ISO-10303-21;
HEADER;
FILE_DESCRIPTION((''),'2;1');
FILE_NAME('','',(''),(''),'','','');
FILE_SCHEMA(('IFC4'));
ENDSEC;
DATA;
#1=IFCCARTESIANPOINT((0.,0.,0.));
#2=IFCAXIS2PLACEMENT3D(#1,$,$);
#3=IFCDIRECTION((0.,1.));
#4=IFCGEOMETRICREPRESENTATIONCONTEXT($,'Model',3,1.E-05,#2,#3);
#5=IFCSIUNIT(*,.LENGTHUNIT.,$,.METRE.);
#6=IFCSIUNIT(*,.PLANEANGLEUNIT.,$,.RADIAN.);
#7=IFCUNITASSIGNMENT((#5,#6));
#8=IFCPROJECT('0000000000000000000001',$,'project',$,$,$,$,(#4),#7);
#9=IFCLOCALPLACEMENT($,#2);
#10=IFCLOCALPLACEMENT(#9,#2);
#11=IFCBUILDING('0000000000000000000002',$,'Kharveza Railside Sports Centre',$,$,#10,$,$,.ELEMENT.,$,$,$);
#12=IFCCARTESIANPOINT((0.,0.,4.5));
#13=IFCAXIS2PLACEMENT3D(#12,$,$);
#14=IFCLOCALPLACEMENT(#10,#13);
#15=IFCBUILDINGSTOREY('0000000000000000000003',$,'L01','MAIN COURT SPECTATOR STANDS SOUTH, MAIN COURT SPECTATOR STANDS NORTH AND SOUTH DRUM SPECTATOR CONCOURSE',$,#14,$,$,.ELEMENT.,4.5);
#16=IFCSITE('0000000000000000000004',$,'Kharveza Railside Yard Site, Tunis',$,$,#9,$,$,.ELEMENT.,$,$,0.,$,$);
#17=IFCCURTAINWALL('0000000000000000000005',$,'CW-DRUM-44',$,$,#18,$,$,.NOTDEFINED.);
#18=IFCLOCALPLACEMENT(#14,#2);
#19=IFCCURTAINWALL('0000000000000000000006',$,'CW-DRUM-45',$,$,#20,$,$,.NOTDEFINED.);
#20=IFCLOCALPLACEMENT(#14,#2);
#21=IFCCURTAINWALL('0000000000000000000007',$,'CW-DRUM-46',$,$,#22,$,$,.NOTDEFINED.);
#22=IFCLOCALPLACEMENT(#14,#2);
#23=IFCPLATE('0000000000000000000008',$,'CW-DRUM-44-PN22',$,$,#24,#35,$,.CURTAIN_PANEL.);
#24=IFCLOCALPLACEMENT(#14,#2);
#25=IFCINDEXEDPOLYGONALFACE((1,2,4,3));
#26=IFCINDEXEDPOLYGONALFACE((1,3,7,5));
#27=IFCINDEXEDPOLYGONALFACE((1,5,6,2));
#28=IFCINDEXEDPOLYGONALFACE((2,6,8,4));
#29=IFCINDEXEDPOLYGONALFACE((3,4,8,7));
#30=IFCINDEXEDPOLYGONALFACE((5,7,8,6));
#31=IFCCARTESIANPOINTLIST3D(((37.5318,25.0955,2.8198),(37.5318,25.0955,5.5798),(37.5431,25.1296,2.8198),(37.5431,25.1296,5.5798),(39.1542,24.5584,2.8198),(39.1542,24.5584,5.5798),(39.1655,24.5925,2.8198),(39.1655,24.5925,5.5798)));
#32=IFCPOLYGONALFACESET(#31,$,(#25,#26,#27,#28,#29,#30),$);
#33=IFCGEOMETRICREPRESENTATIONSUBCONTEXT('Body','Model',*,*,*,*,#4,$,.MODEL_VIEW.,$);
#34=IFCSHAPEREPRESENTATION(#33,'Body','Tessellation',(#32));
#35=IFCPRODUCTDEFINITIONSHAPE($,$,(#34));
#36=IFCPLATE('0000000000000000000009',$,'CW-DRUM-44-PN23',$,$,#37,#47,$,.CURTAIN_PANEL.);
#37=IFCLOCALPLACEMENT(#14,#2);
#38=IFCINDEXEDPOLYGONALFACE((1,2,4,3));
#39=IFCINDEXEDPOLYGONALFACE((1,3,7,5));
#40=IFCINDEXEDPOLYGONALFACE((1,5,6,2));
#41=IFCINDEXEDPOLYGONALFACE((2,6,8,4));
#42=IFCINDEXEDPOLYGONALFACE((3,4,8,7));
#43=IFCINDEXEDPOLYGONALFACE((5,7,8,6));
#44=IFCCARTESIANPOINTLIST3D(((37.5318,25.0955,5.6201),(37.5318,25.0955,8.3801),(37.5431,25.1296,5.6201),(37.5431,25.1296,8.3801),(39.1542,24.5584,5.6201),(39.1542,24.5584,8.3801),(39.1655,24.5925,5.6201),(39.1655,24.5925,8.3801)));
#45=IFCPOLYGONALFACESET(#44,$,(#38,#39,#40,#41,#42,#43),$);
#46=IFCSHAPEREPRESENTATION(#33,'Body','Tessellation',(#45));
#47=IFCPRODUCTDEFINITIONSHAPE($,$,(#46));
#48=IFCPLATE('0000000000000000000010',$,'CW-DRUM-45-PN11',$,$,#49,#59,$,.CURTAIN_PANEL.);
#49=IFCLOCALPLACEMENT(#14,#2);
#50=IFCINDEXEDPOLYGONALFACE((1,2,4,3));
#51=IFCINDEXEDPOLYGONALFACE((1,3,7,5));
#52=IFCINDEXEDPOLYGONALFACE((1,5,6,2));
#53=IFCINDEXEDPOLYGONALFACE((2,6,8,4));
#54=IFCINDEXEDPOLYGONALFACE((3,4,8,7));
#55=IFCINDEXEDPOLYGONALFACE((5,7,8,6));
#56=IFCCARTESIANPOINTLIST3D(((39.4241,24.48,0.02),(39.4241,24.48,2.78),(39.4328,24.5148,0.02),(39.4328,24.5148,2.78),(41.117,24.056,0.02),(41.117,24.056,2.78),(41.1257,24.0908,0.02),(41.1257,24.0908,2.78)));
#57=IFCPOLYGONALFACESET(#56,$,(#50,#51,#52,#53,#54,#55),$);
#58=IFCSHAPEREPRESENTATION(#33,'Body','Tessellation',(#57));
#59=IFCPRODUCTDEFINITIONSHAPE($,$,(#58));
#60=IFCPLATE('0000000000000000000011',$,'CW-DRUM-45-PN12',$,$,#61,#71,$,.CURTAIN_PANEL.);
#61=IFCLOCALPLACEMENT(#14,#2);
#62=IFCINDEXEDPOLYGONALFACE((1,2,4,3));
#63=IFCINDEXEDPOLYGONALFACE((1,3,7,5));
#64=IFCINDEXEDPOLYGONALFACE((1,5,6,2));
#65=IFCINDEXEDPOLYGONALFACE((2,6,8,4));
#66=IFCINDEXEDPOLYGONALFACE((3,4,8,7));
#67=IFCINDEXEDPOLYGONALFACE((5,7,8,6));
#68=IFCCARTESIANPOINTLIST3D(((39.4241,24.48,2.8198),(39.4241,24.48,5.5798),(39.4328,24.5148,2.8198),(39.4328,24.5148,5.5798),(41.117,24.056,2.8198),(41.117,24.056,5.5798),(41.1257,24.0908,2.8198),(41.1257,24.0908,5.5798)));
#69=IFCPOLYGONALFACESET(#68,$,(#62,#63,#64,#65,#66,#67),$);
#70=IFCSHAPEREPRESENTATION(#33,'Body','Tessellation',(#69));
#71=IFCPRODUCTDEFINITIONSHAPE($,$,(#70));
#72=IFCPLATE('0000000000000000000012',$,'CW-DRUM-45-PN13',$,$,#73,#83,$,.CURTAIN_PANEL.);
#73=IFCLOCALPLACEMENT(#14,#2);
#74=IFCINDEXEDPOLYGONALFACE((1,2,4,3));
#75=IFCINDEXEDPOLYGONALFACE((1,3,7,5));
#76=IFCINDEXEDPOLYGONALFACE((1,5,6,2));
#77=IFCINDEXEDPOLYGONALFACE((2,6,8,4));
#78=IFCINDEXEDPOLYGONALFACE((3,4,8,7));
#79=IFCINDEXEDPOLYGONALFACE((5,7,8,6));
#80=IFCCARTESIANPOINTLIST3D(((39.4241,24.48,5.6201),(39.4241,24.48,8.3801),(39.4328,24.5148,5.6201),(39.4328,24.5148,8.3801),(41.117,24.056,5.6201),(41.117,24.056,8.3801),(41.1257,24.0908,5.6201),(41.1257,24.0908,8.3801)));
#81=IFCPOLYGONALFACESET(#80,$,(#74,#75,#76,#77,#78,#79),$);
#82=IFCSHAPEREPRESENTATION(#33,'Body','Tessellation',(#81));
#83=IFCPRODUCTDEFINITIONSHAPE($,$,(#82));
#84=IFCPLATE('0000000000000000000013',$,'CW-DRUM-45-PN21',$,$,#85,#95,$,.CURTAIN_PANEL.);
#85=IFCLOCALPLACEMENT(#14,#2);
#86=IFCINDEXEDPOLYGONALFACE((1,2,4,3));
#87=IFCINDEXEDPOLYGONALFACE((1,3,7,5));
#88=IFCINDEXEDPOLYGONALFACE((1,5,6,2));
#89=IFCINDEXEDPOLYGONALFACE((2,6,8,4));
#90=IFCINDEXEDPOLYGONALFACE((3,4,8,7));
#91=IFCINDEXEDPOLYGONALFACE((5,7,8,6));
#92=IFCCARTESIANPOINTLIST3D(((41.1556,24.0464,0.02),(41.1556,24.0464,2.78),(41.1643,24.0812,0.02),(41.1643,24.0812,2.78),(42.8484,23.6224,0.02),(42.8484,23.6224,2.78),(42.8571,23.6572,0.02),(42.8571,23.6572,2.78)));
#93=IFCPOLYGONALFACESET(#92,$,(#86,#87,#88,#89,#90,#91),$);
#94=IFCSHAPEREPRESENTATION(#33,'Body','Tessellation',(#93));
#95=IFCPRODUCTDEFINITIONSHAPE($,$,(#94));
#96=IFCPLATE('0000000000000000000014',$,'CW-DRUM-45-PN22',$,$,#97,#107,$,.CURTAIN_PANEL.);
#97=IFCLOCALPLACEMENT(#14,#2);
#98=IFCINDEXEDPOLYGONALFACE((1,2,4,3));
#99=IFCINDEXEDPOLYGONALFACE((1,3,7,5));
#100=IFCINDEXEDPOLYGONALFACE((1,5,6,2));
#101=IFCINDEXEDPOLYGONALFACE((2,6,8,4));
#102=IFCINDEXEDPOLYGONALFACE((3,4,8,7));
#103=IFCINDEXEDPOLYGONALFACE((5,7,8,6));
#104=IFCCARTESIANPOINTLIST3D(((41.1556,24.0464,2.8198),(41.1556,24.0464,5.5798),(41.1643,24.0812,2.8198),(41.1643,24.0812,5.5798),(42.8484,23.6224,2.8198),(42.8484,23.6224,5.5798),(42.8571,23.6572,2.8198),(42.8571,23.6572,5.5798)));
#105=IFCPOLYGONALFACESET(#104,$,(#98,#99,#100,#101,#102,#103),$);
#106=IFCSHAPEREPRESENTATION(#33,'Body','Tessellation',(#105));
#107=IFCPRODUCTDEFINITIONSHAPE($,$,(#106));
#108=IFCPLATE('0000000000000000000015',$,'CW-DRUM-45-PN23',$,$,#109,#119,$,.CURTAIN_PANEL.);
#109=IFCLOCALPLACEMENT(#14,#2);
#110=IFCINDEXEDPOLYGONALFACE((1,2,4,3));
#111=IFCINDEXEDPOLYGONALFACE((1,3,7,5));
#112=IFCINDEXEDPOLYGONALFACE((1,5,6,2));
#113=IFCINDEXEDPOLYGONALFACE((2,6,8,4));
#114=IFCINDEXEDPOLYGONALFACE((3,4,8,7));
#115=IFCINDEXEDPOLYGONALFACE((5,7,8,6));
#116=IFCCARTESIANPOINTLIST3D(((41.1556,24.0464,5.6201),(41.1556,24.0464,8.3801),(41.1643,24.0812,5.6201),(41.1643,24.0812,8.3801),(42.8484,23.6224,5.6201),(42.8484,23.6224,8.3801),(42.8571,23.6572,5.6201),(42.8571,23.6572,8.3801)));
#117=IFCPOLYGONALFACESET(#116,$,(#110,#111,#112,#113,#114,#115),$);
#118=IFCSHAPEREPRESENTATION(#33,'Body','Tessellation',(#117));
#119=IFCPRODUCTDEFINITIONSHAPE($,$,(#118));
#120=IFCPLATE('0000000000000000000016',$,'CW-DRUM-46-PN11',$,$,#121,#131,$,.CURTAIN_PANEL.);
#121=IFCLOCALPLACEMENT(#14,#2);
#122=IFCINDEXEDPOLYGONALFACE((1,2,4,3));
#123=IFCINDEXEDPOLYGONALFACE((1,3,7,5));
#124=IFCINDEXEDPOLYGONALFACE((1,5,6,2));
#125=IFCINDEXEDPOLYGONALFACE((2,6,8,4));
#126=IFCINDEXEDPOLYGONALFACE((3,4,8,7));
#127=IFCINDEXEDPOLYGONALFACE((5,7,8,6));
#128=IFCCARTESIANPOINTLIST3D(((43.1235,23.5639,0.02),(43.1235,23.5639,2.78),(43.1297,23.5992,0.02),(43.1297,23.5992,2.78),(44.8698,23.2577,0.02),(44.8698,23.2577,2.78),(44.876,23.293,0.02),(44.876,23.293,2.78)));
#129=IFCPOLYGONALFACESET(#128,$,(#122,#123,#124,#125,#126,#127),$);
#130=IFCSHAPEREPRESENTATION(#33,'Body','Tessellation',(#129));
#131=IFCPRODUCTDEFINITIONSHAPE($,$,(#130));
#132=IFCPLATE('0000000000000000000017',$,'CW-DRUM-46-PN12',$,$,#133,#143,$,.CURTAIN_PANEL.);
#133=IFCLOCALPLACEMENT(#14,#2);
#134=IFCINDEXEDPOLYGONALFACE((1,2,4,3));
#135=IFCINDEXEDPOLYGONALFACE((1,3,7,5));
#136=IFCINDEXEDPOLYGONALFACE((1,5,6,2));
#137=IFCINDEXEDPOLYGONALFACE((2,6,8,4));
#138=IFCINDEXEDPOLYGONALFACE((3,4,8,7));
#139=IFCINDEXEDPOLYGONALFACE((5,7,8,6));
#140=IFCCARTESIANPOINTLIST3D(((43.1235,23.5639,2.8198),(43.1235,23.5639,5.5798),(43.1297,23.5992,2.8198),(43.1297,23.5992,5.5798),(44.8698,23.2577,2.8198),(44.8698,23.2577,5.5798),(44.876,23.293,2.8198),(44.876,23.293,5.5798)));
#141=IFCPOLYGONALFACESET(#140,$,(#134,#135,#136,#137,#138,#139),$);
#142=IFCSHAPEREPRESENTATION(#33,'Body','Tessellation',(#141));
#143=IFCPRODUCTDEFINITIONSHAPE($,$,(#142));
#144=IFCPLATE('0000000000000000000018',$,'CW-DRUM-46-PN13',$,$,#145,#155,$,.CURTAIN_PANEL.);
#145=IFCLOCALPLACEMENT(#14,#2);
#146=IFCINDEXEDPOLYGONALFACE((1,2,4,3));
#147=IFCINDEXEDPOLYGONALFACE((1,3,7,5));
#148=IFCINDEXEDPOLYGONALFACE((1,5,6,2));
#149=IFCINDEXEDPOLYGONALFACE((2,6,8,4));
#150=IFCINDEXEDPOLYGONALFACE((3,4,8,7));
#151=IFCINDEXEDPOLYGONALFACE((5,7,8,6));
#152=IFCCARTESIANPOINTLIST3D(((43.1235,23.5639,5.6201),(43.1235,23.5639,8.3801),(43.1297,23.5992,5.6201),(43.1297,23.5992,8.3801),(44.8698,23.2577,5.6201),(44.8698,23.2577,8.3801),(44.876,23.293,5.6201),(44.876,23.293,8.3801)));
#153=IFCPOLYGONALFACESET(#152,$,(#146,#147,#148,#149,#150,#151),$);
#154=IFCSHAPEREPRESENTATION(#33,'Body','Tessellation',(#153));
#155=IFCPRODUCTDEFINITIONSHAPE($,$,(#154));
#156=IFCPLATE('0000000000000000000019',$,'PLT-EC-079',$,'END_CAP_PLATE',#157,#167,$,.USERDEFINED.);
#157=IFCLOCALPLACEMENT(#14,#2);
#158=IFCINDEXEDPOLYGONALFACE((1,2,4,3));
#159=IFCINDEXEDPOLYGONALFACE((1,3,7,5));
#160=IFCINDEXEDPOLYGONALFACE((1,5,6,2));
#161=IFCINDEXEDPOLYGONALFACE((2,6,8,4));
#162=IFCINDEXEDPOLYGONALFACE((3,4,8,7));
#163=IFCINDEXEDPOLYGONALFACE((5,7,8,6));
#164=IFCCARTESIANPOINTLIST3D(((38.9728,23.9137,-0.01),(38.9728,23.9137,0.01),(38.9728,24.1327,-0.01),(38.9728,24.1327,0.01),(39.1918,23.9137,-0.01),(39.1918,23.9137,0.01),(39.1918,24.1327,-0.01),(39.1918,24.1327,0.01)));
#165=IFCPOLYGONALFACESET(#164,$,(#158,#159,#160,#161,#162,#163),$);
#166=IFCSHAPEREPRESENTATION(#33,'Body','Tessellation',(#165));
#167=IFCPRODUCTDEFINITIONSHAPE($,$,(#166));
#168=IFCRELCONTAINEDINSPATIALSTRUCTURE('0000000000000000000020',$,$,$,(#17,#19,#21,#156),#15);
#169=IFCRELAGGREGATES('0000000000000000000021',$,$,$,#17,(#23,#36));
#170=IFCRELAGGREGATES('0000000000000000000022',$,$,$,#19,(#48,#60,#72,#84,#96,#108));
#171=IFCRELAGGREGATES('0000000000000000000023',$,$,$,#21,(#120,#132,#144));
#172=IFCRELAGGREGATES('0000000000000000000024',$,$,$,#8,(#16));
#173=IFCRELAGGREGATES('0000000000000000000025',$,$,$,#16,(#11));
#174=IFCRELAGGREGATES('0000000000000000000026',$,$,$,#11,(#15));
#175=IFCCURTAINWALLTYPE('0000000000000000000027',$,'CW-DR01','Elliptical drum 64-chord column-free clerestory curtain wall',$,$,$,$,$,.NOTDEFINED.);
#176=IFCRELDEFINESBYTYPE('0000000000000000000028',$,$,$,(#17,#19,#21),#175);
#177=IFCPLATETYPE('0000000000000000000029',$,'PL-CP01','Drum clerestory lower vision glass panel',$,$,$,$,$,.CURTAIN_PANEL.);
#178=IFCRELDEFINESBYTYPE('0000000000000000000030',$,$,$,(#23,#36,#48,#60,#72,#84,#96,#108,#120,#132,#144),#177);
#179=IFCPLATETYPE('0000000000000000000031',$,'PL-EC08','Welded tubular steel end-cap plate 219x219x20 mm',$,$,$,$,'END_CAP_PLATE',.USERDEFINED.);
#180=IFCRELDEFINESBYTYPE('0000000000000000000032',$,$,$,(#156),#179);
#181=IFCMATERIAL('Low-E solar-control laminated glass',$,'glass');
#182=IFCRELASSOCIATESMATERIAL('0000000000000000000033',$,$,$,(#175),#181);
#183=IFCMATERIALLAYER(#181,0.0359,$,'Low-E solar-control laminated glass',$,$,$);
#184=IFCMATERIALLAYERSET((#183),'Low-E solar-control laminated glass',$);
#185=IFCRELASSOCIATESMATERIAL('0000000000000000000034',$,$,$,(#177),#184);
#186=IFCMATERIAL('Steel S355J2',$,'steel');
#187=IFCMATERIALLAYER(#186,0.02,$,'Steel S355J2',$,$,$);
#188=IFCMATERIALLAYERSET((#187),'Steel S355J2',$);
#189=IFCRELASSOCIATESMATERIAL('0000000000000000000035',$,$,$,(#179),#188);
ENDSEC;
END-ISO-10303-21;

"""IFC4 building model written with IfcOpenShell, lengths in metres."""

from ifc_helpers import new_model, si_unit, direction, frame, origin, origin_2d, place, context, subcontext, project, spatial, rectangle, extrude, material, layer, layer_set, type_object, element, aggregate, save


model = new_model("IFC4")

# Units and contexts
model_context = context("Model", 3, precision=1e-05, world=origin(), true_north=direction((0.0, 1.0)))
body_context = subcontext(model_context, "Body", "Model", "MODEL_VIEW")
ifc_project = project(units=[si_unit("LENGTHUNIT", "METRE"), si_unit("PLANEANGLEUNIT", "RADIAN")], contexts=[model_context])

# Site, building, storey
site_placement = place(None, origin())
site = spatial("IfcSite", under=ifc_project, at=site_placement, Name="Kharveza Railside Yard Site, Tunis", CompositionType="ELEMENT", RefElevation=0.0)
building_placement = place(site_placement, origin())
building = spatial("IfcBuilding", under=site, at=building_placement, Name="Kharveza Railside Sports Centre", CompositionType="ELEMENT")
storey_placement = place(building_placement, frame((0.0, 0.0, 4.5)))
storey = spatial("IfcBuildingStorey", under=building, at=storey_placement, Name="L01", Description="MAIN COURT SPECTATOR STANDS SOUTH, MAIN COURT SPECTATOR STANDS NORTH AND SOUTH DRUM SPECTATOR CONCOURSE", CompositionType="ELEMENT", Elevation=4.5)

# Shared definitions
ifc_material_1 = material(Name="Steel S355J2", Category="steel")

# Curtain wall
ifc_material_2 = material(Name="Low-E solar-control laminated glass", Category="glass")
curtain_wall_type = type_object("IfcCurtainWallType", Name="CW-DR01", Description="Elliptical drum 64-chord column-free clerestory curtain wall", PredefinedType="NOTDEFINED", material=ifc_material_2)
curtain_wall_1_placement = place(storey_placement, origin())
curtain_wall_1 = element("IfcCurtainWall", 1, at=curtain_wall_1_placement, inside=storey, type_object=curtain_wall_type, Name="CW-DRUM-44", PredefinedType="NOTDEFINED")

# Curtain walls
curtain_wall_2_placement = place(storey_placement, origin())
curtain_wall_2 = element("IfcCurtainWall", 2, at=curtain_wall_2_placement, inside=storey, type_object=curtain_wall_type, Name="CW-DRUM-45", PredefinedType="NOTDEFINED")
curtain_wall_3_placement = place(storey_placement, origin())
curtain_wall_3 = element("IfcCurtainWall", 3, at=curtain_wall_3_placement, inside=storey, type_object=curtain_wall_type, Name="CW-DRUM-46", PredefinedType="NOTDEFINED")

# Plates
ifc_layer_1 = layer(ifc_material_2, 0.0359, Name="Low-E solar-control laminated glass")
ifc_layer_set_1 = layer_set([ifc_layer_1], Name="Low-E solar-control laminated glass")
plate_type_1 = type_object("IfcPlateType", Name="PL-CP01", Description="Drum clerestory lower vision glass panel", PredefinedType="CURTAIN_PANEL", material=ifc_layer_set_1)
plate_1_placement = place(storey_placement, frame((38.3486, 24.844, 2.8198), z_axis=(0.0, 0.0, 1.0), x_axis=(0.949327, -0.314291, 0.0)))
plate_1 = element("IfcPlate", 4, at=plate_1_placement, type_object=plate_type_1, Name="CW-DRUM-44-PN22", PredefinedType="CURTAIN_PANEL", context=body_context, shape_type="SweptSolid", body=[
    extrude(rectangle(XDim=1.709, YDim=0.0359, at=origin_2d()), origin(), (0.0, 0.0, 1.0), 2.76),
])
plate_2_placement = place(storey_placement, frame((38.3486, 24.844, 5.6201), z_axis=(0.0, 0.0, 1.0), x_axis=(0.949327, -0.314291, 0.0)))
plate_2 = element("IfcPlate", 5, at=plate_2_placement, type_object=plate_type_1, Name="CW-DRUM-44-PN23", PredefinedType="CURTAIN_PANEL", context=body_context, shape_type="SweptSolid", body=[
    extrude(rectangle(XDim=1.709, YDim=0.0359, at=origin_2d()), origin(), (0.0, 0.0, 1.0), 2.76),
])
aggregate(curtain_wall_1, [plate_1, plate_2])
plate_3_placement = place(storey_placement, frame((40.2749, 24.2854, 0.02), z_axis=(0.0, 0.0, 1.0), x_axis=(0.970038, -0.242955, 0.0)))
plate_3 = element("IfcPlate", 6, at=plate_3_placement, type_object=plate_type_1, Name="CW-DRUM-45-PN11", PredefinedType="CURTAIN_PANEL", context=body_context, shape_type="SweptSolid", body=[
    extrude(rectangle(XDim=1.7451, YDim=0.0359, at=origin_2d()), origin(), (0.0, 0.0, 1.0), 2.76),
])
plate_4_placement = place(storey_placement, frame((40.2749, 24.2854, 2.8198), z_axis=(0.0, 0.0, 1.0), x_axis=(0.970038, -0.242955, 0.0)))
plate_4 = element("IfcPlate", 7, at=plate_4_placement, type_object=plate_type_1, Name="CW-DRUM-45-PN12", PredefinedType="CURTAIN_PANEL", context=body_context, shape_type="SweptSolid", body=[
    extrude(rectangle(XDim=1.7451, YDim=0.0359, at=origin_2d()), origin(), (0.0, 0.0, 1.0), 2.76),
])
plate_5_placement = place(storey_placement, frame((40.2749, 24.2854, 5.6201), z_axis=(0.0, 0.0, 1.0), x_axis=(0.970038, -0.242955, 0.0)))
plate_5 = element("IfcPlate", 8, at=plate_5_placement, type_object=plate_type_1, Name="CW-DRUM-45-PN13", PredefinedType="CURTAIN_PANEL", context=body_context, shape_type="SweptSolid", body=[
    extrude(rectangle(XDim=1.7451, YDim=0.0359, at=origin_2d()), origin(), (0.0, 0.0, 1.0), 2.76),
])
plate_6_placement = place(storey_placement, frame((42.0063, 23.8518, 0.02), z_axis=(0.0, 0.0, 1.0), x_axis=(0.970038, -0.242955, 0.0)))
plate_6 = element("IfcPlate", 9, at=plate_6_placement, type_object=plate_type_1, Name="CW-DRUM-45-PN21", PredefinedType="CURTAIN_PANEL", context=body_context, shape_type="SweptSolid", body=[
    extrude(rectangle(XDim=1.7451, YDim=0.0359, at=origin_2d()), origin(), (0.0, 0.0, 1.0), 2.76),
])
plate_7_placement = place(storey_placement, frame((42.0063, 23.8518, 2.8198), z_axis=(0.0, 0.0, 1.0), x_axis=(0.970038, -0.242955, 0.0)))
plate_7 = element("IfcPlate", 10, at=plate_7_placement, type_object=plate_type_1, Name="CW-DRUM-45-PN22", PredefinedType="CURTAIN_PANEL", context=body_context, shape_type="SweptSolid", body=[
    extrude(rectangle(XDim=1.7451, YDim=0.0359, at=origin_2d()), origin(), (0.0, 0.0, 1.0), 2.76),
])
plate_8_placement = place(storey_placement, frame((42.0063, 23.8518, 5.6201), z_axis=(0.0, 0.0, 1.0), x_axis=(0.970038, -0.242955, 0.0)))
plate_8 = element("IfcPlate", 11, at=plate_8_placement, type_object=plate_type_1, Name="CW-DRUM-45-PN23", PredefinedType="CURTAIN_PANEL", context=body_context, shape_type="SweptSolid", body=[
    extrude(rectangle(XDim=1.7451, YDim=0.0359, at=origin_2d()), origin(), (0.0, 0.0, 1.0), 2.76),
])
aggregate(curtain_wall_2, [plate_3, plate_4, plate_5, plate_6, plate_7, plate_8])
plate_9_placement = place(storey_placement, frame((43.9998, 23.4285, 0.02), z_axis=(0.0, 0.0, 1.0), x_axis=(0.984974, -0.172703, 0.0)))
plate_9 = element("IfcPlate", 12, at=plate_9_placement, type_object=plate_type_1, Name="CW-DRUM-46-PN11", PredefinedType="CURTAIN_PANEL", context=body_context, shape_type="SweptSolid", body=[
    extrude(rectangle(XDim=1.7729, YDim=0.0359, at=origin_2d()), origin(), (0.0, 0.0, 1.0), 2.76),
])
plate_10_placement = place(storey_placement, frame((43.9998, 23.4285, 2.8198), z_axis=(0.0, 0.0, 1.0), x_axis=(0.984974, -0.172703, 0.0)))
plate_10 = element("IfcPlate", 13, at=plate_10_placement, type_object=plate_type_1, Name="CW-DRUM-46-PN12", PredefinedType="CURTAIN_PANEL", context=body_context, shape_type="SweptSolid", body=[
    extrude(rectangle(XDim=1.7729, YDim=0.0359, at=origin_2d()), origin(), (0.0, 0.0, 1.0), 2.76),
])
plate_11_placement = place(storey_placement, frame((43.9998, 23.4285, 5.6201), z_axis=(0.0, 0.0, 1.0), x_axis=(0.984974, -0.172703, 0.0)))
plate_11 = element("IfcPlate", 14, at=plate_11_placement, type_object=plate_type_1, Name="CW-DRUM-46-PN13", PredefinedType="CURTAIN_PANEL", context=body_context, shape_type="SweptSolid", body=[
    extrude(rectangle(XDim=1.7729, YDim=0.0359, at=origin_2d()), origin(), (0.0, 0.0, 1.0), 2.76),
])
aggregate(curtain_wall_3, [plate_9, plate_10, plate_11])
ifc_layer_2 = layer(ifc_material_1, 0.02, Name="Steel S355J2")
ifc_layer_set_2 = layer_set([ifc_layer_2], Name="Steel S355J2")
plate_type_2 = type_object("IfcPlateType", Name="PL-EC08", Description="Welded tubular steel end-cap plate 219x219x20 mm", ElementType="END_CAP_PLATE", PredefinedType="USERDEFINED", material=ifc_layer_set_2)
plate_12_placement = place(storey_placement, frame((39.0823, 24.0232, -0.01), z_axis=(0.0, 0.0, 1.0), x_axis=(1.0, 0.0, 0.0)))
element("IfcPlate", 15, at=plate_12_placement, inside=storey, type_object=plate_type_2, Name="PLT-EC-079", ObjectType="END_CAP_PLATE", PredefinedType="USERDEFINED", context=body_context, shape_type="SweptSolid", body=[
    extrude(rectangle(XDim=0.219, YDim=0.219, at=origin_2d()), origin(), (0.0, 0.0, 1.0), 0.02),
])

save(model, "model.ifc")
